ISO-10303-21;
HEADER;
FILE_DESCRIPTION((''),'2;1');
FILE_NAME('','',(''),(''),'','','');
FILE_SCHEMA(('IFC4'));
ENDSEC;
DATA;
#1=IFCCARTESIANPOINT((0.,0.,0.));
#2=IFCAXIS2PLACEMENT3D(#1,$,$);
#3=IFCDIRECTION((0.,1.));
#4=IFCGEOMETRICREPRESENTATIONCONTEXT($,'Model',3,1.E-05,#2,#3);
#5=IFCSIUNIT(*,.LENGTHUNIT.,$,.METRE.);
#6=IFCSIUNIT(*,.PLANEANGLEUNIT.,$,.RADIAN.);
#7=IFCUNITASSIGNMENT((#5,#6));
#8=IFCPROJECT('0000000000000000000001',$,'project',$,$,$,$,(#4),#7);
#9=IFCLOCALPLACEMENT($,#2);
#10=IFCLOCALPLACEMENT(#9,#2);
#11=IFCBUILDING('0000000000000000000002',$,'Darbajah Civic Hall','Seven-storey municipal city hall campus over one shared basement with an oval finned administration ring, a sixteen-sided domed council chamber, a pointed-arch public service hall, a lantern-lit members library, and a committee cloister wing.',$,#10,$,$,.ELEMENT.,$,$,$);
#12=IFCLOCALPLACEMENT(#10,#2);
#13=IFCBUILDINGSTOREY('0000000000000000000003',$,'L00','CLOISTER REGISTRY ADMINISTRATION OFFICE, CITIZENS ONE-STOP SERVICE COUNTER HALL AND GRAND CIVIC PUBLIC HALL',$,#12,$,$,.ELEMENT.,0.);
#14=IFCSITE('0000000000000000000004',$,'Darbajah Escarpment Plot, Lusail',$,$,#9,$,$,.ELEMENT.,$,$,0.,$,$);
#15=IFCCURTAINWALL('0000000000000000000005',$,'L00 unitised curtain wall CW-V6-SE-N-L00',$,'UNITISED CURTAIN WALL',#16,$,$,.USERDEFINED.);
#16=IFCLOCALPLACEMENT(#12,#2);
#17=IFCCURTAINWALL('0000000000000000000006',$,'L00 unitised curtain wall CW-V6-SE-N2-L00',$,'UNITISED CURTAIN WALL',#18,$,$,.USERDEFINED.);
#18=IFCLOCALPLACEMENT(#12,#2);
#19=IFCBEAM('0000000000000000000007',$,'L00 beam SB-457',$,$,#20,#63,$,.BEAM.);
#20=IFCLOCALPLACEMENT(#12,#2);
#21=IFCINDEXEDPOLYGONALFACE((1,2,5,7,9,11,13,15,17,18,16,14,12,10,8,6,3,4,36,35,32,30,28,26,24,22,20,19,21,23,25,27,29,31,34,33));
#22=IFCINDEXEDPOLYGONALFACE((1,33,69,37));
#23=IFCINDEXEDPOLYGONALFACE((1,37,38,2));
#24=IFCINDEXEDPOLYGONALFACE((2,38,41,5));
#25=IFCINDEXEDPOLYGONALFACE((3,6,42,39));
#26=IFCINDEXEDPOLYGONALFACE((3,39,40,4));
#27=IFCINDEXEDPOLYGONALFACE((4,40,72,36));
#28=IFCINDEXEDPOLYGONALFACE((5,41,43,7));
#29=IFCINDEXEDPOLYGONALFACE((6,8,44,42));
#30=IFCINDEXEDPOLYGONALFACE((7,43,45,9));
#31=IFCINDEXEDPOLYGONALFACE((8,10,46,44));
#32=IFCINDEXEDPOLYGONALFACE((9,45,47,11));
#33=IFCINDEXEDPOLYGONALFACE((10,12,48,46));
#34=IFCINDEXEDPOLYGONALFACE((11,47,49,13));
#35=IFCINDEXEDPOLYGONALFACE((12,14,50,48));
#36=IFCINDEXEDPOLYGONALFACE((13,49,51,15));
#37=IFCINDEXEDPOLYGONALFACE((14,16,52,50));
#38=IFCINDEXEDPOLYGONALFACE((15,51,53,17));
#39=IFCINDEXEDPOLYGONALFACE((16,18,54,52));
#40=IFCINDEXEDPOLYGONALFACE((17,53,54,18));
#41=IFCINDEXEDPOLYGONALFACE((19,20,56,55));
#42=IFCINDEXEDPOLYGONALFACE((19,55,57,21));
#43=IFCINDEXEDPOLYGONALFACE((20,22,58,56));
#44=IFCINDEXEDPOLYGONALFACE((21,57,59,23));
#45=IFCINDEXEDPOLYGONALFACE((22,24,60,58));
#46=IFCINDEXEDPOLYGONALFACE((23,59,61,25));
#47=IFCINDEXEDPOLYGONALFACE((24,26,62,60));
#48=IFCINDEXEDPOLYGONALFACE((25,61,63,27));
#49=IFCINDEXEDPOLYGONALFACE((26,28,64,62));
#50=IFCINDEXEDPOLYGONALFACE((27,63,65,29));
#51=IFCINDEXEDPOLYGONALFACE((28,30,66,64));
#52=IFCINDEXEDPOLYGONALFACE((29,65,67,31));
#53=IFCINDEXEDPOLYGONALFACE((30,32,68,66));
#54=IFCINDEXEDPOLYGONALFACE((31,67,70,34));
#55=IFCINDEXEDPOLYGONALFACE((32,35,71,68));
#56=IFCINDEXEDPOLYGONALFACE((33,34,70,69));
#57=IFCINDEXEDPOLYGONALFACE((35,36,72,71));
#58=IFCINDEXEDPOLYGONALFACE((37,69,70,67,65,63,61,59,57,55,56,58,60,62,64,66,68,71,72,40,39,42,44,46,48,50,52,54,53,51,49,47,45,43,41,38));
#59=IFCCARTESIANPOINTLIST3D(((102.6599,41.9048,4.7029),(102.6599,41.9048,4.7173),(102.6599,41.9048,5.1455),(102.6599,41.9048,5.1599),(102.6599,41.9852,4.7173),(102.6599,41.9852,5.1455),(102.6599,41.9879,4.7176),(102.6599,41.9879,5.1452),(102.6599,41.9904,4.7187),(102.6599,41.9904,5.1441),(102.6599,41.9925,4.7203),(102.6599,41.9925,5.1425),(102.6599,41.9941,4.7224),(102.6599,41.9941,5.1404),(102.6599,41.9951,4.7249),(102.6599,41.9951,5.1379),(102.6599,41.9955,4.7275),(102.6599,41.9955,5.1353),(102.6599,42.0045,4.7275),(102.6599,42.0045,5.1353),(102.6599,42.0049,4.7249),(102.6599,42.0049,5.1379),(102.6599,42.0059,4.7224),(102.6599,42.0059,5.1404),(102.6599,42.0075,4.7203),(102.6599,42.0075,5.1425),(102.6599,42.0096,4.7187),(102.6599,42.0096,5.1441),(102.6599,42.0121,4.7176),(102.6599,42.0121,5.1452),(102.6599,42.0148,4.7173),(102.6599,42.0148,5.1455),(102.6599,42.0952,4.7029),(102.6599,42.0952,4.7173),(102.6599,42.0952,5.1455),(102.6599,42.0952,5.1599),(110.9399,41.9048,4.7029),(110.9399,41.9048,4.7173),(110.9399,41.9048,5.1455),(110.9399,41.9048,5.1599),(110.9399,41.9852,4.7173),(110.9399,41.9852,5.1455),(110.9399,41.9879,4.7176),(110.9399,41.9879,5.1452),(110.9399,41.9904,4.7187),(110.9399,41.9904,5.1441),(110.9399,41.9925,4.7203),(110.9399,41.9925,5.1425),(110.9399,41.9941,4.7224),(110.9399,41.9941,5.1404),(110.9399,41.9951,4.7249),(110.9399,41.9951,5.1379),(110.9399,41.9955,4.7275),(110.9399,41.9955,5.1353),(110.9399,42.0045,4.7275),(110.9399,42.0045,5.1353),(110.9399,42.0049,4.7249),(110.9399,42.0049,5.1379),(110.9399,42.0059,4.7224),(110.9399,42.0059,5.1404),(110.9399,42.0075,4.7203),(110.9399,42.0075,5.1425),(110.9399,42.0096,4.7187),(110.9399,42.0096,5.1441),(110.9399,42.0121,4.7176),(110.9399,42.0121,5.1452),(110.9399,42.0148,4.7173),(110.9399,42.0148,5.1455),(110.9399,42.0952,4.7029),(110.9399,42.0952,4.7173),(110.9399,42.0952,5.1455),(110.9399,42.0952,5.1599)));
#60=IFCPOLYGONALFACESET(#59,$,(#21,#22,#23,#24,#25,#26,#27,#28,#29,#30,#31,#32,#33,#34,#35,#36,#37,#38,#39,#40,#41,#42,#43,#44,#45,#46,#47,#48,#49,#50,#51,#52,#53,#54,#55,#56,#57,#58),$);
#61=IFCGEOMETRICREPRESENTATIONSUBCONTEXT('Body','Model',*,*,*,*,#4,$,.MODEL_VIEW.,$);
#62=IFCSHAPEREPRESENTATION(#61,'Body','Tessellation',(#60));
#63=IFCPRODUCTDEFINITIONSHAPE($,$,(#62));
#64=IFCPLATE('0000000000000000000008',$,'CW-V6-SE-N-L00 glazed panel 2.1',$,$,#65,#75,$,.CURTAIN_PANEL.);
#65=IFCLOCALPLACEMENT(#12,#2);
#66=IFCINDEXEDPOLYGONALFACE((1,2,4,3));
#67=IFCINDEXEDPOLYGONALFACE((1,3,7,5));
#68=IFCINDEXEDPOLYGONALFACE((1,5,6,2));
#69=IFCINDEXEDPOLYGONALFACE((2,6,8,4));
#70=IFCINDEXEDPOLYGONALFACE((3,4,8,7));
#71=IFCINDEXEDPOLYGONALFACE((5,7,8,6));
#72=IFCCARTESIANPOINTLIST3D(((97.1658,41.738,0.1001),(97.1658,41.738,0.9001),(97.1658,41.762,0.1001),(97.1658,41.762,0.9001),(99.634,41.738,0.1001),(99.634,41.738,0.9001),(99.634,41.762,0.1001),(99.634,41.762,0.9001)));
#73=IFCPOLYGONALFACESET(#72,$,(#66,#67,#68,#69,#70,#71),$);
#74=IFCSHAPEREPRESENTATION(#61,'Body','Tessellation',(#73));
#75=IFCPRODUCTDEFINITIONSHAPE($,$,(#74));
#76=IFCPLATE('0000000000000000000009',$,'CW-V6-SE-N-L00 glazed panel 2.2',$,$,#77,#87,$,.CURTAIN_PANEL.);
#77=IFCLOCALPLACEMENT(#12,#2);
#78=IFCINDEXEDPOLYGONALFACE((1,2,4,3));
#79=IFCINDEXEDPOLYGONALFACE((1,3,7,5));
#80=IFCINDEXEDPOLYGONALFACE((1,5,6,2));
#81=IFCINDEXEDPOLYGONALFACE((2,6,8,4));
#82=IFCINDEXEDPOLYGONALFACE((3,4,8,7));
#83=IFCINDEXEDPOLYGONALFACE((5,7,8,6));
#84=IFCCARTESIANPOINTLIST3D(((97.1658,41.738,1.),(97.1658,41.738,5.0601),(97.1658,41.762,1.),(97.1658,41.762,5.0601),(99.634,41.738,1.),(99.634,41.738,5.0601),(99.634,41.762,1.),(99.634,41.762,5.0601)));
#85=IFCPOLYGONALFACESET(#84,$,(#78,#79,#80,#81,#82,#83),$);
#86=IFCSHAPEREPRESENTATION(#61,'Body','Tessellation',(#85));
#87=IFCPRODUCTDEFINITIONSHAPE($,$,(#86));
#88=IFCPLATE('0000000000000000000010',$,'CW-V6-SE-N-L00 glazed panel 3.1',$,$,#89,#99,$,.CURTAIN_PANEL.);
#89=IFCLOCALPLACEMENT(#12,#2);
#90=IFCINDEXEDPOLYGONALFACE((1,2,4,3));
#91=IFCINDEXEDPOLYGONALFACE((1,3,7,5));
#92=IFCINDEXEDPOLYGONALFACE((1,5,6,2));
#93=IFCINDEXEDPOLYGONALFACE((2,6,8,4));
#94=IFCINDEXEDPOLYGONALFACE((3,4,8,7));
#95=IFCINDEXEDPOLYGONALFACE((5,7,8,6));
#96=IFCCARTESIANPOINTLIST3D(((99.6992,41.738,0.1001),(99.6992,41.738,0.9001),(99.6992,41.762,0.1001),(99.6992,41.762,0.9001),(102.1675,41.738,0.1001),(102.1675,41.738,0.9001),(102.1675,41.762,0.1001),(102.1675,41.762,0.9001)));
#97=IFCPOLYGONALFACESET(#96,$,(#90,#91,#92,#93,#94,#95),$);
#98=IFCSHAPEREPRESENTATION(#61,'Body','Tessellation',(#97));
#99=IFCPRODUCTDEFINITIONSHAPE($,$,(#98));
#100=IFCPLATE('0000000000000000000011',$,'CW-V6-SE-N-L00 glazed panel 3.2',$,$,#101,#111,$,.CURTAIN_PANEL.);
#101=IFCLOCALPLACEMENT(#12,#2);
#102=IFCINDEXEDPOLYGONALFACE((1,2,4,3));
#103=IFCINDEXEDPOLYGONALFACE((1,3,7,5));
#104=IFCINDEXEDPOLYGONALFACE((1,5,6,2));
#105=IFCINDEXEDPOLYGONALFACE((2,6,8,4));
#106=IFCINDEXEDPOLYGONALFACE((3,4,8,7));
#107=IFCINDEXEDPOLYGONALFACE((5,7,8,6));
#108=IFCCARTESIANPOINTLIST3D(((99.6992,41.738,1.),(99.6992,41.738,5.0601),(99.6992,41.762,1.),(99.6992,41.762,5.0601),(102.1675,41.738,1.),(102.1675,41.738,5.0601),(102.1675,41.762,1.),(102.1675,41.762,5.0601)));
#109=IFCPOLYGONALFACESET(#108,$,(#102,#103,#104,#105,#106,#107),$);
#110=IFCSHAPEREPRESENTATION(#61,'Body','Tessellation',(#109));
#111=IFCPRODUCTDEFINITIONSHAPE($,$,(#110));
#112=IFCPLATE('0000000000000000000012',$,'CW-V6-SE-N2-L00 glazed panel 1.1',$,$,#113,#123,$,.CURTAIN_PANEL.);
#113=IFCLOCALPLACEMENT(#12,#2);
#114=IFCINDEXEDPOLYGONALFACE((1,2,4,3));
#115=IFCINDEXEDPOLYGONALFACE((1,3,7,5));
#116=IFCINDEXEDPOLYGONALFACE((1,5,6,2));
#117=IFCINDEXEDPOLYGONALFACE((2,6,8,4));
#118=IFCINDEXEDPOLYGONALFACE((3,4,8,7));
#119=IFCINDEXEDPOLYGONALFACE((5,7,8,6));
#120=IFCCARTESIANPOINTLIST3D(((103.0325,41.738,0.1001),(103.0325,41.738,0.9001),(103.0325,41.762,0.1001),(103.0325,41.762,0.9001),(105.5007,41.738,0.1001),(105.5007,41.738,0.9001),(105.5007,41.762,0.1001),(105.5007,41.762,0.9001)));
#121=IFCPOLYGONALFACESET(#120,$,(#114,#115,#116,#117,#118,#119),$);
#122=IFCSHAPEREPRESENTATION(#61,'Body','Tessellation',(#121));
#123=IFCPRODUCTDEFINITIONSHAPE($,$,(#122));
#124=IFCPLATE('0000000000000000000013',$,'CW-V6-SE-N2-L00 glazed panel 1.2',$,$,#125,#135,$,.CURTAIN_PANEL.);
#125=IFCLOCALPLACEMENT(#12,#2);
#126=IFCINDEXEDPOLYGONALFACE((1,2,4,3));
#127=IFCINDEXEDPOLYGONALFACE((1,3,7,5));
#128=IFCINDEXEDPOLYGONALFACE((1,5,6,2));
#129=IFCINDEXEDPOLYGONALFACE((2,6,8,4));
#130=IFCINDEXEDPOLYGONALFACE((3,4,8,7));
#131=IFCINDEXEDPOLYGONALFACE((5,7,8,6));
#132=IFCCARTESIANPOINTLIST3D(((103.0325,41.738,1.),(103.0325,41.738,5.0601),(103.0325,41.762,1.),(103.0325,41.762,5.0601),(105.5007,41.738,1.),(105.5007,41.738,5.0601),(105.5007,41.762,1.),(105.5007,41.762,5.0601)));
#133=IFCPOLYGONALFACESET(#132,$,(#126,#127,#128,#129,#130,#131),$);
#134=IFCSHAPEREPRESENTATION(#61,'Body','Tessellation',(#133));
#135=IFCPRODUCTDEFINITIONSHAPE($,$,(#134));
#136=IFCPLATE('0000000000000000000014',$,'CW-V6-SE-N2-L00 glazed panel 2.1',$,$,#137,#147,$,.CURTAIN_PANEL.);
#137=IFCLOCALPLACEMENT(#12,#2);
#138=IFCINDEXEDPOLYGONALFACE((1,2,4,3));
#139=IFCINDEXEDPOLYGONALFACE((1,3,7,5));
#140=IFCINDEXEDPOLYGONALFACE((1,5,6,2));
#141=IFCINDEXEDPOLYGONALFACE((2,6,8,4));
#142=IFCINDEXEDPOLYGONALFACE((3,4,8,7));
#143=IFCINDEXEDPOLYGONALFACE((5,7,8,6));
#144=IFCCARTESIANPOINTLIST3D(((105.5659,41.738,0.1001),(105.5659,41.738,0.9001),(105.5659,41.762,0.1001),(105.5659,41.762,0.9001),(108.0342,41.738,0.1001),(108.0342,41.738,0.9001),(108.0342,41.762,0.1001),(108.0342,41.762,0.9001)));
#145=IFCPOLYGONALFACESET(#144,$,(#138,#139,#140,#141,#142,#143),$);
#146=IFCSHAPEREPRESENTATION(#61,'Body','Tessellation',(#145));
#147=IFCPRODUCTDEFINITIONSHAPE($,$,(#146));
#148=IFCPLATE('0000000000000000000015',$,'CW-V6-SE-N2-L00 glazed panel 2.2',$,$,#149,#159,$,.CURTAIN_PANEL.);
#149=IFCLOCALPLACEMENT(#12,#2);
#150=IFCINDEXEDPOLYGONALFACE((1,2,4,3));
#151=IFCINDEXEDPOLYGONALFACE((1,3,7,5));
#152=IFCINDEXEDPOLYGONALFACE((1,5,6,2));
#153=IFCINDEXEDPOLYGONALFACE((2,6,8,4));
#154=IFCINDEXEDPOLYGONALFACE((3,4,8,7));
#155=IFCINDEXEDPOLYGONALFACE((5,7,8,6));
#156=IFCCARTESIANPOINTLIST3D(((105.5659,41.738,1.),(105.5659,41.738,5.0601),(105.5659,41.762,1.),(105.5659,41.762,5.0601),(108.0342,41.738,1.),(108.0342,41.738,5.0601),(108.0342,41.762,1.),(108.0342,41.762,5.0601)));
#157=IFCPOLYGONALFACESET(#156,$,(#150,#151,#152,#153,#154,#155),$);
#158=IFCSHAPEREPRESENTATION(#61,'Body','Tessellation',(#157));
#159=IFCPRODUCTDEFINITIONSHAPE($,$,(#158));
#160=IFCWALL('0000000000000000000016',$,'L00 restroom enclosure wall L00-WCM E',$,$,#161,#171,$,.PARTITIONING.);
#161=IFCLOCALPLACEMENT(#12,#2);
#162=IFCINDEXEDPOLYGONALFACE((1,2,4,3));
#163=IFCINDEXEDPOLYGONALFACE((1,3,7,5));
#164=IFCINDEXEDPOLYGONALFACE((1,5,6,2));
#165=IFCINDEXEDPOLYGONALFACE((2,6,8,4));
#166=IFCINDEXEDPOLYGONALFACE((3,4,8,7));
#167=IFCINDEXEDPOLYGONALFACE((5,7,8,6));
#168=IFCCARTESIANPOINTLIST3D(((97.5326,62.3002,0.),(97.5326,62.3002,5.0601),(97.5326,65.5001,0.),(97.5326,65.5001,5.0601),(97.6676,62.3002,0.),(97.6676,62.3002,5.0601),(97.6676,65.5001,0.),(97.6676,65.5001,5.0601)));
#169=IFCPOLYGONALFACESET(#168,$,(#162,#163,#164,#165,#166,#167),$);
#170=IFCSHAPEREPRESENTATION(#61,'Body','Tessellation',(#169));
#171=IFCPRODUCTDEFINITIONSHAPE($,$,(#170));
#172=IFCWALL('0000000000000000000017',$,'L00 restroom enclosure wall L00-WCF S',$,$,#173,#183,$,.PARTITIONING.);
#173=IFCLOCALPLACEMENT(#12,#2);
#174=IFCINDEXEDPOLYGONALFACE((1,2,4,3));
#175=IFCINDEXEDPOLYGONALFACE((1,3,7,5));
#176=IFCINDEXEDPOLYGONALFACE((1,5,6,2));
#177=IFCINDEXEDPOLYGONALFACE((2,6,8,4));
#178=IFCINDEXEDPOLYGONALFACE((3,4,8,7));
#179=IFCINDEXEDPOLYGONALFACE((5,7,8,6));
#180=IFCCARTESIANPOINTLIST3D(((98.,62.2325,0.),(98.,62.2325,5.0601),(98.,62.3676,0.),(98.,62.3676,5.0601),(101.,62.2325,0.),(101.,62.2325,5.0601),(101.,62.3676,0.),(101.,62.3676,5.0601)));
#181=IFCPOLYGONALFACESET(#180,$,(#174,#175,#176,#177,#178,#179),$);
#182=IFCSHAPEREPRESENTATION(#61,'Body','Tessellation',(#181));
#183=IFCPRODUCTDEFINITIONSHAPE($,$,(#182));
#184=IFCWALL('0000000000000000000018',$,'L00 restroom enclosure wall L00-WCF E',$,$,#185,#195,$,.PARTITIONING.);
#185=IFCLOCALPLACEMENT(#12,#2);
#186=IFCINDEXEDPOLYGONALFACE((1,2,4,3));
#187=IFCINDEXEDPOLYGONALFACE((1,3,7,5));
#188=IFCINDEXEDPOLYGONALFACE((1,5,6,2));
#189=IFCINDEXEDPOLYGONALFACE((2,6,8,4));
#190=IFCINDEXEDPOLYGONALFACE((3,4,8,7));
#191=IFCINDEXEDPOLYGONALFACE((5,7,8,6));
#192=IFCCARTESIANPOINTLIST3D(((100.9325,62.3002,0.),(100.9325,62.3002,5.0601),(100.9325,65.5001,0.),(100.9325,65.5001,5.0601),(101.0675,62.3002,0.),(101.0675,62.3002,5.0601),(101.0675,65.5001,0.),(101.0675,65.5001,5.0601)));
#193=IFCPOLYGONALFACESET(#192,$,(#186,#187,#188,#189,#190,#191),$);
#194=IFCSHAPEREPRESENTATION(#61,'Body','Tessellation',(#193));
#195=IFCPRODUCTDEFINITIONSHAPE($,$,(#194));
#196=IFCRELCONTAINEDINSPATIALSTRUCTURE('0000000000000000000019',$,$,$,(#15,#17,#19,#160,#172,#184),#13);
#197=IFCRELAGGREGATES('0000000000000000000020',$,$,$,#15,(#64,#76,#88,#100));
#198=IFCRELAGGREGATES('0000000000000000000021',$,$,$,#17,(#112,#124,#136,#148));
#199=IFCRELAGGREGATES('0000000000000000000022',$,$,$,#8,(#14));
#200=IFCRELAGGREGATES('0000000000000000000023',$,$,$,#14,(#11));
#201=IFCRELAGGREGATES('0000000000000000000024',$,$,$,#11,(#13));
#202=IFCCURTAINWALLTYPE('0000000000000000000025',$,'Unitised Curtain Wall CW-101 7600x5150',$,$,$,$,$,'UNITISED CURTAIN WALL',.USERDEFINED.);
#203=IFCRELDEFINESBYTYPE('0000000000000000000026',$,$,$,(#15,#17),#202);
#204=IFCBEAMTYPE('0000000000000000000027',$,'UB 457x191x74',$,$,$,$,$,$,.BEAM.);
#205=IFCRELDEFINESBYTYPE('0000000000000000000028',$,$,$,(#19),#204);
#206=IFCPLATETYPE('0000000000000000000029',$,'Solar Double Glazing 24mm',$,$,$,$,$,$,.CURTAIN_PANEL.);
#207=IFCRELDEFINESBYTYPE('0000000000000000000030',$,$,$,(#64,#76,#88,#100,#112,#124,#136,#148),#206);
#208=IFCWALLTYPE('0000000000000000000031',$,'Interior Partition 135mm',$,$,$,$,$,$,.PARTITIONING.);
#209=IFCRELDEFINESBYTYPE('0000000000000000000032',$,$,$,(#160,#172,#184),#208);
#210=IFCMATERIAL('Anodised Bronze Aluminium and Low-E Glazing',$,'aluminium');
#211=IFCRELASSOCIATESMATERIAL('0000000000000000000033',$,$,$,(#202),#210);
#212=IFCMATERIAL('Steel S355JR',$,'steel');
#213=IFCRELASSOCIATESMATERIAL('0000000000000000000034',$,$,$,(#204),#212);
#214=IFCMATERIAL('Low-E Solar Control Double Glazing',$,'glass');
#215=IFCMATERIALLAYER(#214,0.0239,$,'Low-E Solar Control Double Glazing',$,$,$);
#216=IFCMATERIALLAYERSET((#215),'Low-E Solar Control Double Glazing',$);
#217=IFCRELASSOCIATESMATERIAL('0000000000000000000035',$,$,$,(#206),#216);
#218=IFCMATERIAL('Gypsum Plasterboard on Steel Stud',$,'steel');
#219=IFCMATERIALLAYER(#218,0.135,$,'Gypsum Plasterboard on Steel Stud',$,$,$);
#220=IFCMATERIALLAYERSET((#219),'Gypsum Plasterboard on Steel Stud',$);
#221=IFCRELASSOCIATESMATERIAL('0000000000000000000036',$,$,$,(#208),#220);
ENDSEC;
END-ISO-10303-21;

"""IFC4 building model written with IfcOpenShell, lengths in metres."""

from ifc_helpers import new_model, si_unit, direction, frame, frame_2d, origin, origin_2d, place, context, subcontext, project, spatial, rectangle, i_section, extrude, material, layer, layer_set, material_profile, profile_set, type_object, element, aggregate, save


model = new_model("IFC4")

# Units and contexts
model_context = context("Model", 3, precision=1e-05, world=origin(), true_north=direction((0.0, 1.0)))
body_context = subcontext(model_context, "Body", "Model", "MODEL_VIEW")
ifc_project = project(units=[si_unit("LENGTHUNIT", "METRE"), si_unit("PLANEANGLEUNIT", "RADIAN")], contexts=[model_context])

# Site, building, storey
site_placement = place(None, origin())
site = spatial("IfcSite", under=ifc_project, at=site_placement, Name="Darbajah Escarpment Plot, Lusail", CompositionType="ELEMENT", RefElevation=0.0)
building_placement = place(site_placement, origin())
building = spatial("IfcBuilding", under=site, at=building_placement, Name="Darbajah Civic Hall", Description="Seven-storey municipal city hall campus over one shared basement with an oval finned administration ring, a sixteen-sided domed council chamber, a pointed-arch public service hall, a lantern-lit members library, and a committee cloister wing.", CompositionType="ELEMENT")
storey_placement = place(building_placement, origin())
storey = spatial("IfcBuildingStorey", under=building, at=storey_placement, Name="L00", Description="CLOISTER REGISTRY ADMINISTRATION OFFICE, CITIZENS ONE-STOP SERVICE COUNTER HALL AND GRAND CIVIC PUBLIC HALL", CompositionType="ELEMENT", Elevation=0.0)

# Shared definitions
ifc_material_1 = material(Name="Steel S355JR", Category="steel")

# Curtain walls
ifc_material_2 = material(Name="Anodised Bronze Aluminium and Low-E Glazing", Category="aluminium")
curtain_wall_type = type_object("IfcCurtainWallType", Name="Unitised Curtain Wall CW-101 7600x5150", ElementType="UNITISED CURTAIN WALL", PredefinedType="USERDEFINED", material=ifc_material_2)
curtain_wall_1_placement = place(storey_placement, origin())
curtain_wall_1 = element("IfcCurtainWall", 1, at=curtain_wall_1_placement, inside=storey, type_object=curtain_wall_type, Name="L00 unitised curtain wall CW-V6-SE-N-L00", ObjectType="UNITISED CURTAIN WALL", PredefinedType="USERDEFINED")
curtain_wall_2_placement = place(storey_placement, origin())
curtain_wall_2 = element("IfcCurtainWall", 2, at=curtain_wall_2_placement, inside=storey, type_object=curtain_wall_type, Name="L00 unitised curtain wall CW-V6-SE-N2-L00", ObjectType="UNITISED CURTAIN WALL", PredefinedType="USERDEFINED")

# Beam
ifc_material_profile_1 = material_profile(ifc_material_1, i_section(OverallWidth=0.1904, OverallDepth=0.457, WebThickness=0.009, FlangeThickness=0.0144, FilletRadius=0.0103, at=origin_2d()), Name="UB 457x191x74")
ifc_profile_set_1 = profile_set([ifc_material_profile_1], Name="Steel S355JR")
beam_type = type_object("IfcBeamType", Name="UB 457x191x74", PredefinedType="BEAM", material=ifc_profile_set_1)
beam_placement = place(storey_placement, frame((102.6599, 42.0, 4.9314), z_axis=(1.0, 0.0, 0.0), x_axis=(0.0, 1.0, 0.0)))
element("IfcBeam", 3, at=beam_placement, inside=storey, type_object=beam_type, Name="L00 beam SB-457", PredefinedType="BEAM", context=body_context, shape_type="SweptSolid", body=[
    extrude(i_section(OverallWidth=0.1904, OverallDepth=0.457, WebThickness=0.009, FlangeThickness=0.0144, FilletRadius=0.0103, at=origin_2d()), origin(), (0.0, 0.0, 1.0), 8.28),
])

# Plates
ifc_material_3 = material(Name="Low-E Solar Control Double Glazing", Category="glass")
ifc_layer_1 = layer(ifc_material_3, 0.0239, Name="Low-E Solar Control Double Glazing")
ifc_layer_set_1 = layer_set([ifc_layer_1], Name="Low-E Solar Control Double Glazing")
plate_type = type_object("IfcPlateType", Name="Solar Double Glazing 24mm", PredefinedType="CURTAIN_PANEL", material=ifc_layer_set_1)
plate_1_placement = place(storey_placement, frame((98.3999, 41.75, 0.1001), z_axis=(0.0, 0.0, 1.0), x_axis=(1.0, 0.0, 0.0)))
plate_1 = element("IfcPlate", 4, at=plate_1_placement, type_object=plate_type, Name="CW-V6-SE-N-L00 glazed panel 2.1", PredefinedType="CURTAIN_PANEL", context=body_context, shape_type="SweptSolid", body=[
    extrude(rectangle(XDim=2.4683, YDim=0.0239, at=origin_2d()), origin(), (0.0, 0.0, 1.0), 0.8),
])
plate_2_placement = place(storey_placement, frame((98.3999, 41.75, 1.0), z_axis=(0.0, 0.0, 1.0), x_axis=(1.0, 0.0, 0.0)))
plate_2 = element("IfcPlate", 5, at=plate_2_placement, type_object=plate_type, Name="CW-V6-SE-N-L00 glazed panel 2.2", PredefinedType="CURTAIN_PANEL", context=body_context, shape_type="SweptSolid", body=[
    extrude(rectangle(XDim=2.4683, YDim=0.0239, at=origin_2d()), origin(), (0.0, 0.0, 1.0), 4.0601),
])
plate_3_placement = place(storey_placement, frame((100.9333, 41.75, 0.1001), z_axis=(0.0, 0.0, 1.0), x_axis=(1.0, 0.0, 0.0)))
plate_3 = element("IfcPlate", 6, at=plate_3_placement, type_object=plate_type, Name="CW-V6-SE-N-L00 glazed panel 3.1", PredefinedType="CURTAIN_PANEL", context=body_context, shape_type="SweptSolid", body=[
    extrude(rectangle(XDim=2.4683, YDim=0.0239, at=origin_2d()), origin(), (0.0, 0.0, 1.0), 0.8),
])
plate_4_placement = place(storey_placement, frame((100.9333, 41.75, 1.0), z_axis=(0.0, 0.0, 1.0), x_axis=(1.0, 0.0, 0.0)))
plate_4 = element("IfcPlate", 7, at=plate_4_placement, type_object=plate_type, Name="CW-V6-SE-N-L00 glazed panel 3.2", PredefinedType="CURTAIN_PANEL", context=body_context, shape_type="SweptSolid", body=[
    extrude(rectangle(XDim=2.4683, YDim=0.0239, at=origin_2d()), origin(), (0.0, 0.0, 1.0), 4.0601),
])
aggregate(curtain_wall_1, [plate_1, plate_2, plate_3, plate_4])
plate_5_placement = place(storey_placement, frame((104.2666, 41.75, 0.1001), z_axis=(0.0, 0.0, 1.0), x_axis=(1.0, 0.0, 0.0)))
plate_5 = element("IfcPlate", 8, at=plate_5_placement, type_object=plate_type, Name="CW-V6-SE-N2-L00 glazed panel 1.1", PredefinedType="CURTAIN_PANEL", context=body_context, shape_type="SweptSolid", body=[
    extrude(rectangle(XDim=2.4683, YDim=0.0239, at=origin_2d()), origin(), (0.0, 0.0, 1.0), 0.8),
])
plate_6_placement = place(storey_placement, frame((104.2666, 41.75, 1.0), z_axis=(0.0, 0.0, 1.0), x_axis=(1.0, 0.0, 0.0)))
plate_6 = element("IfcPlate", 9, at=plate_6_placement, type_object=plate_type, Name="CW-V6-SE-N2-L00 glazed panel 1.2", PredefinedType="CURTAIN_PANEL", context=body_context, shape_type="SweptSolid", body=[
    extrude(rectangle(XDim=2.4683, YDim=0.0239, at=origin_2d()), origin(), (0.0, 0.0, 1.0), 4.0601),
])
plate_7_placement = place(storey_placement, frame((106.8, 41.75, 0.1001), z_axis=(0.0, 0.0, 1.0), x_axis=(1.0, 0.0, 0.0)))
plate_7 = element("IfcPlate", 10, at=plate_7_placement, type_object=plate_type, Name="CW-V6-SE-N2-L00 glazed panel 2.1", PredefinedType="CURTAIN_PANEL", context=body_context, shape_type="SweptSolid", body=[
    extrude(rectangle(XDim=2.4683, YDim=0.0239, at=origin_2d()), origin(), (0.0, 0.0, 1.0), 0.8),
])
plate_8_placement = place(storey_placement, frame((106.8, 41.75, 1.0), z_axis=(0.0, 0.0, 1.0), x_axis=(1.0, 0.0, 0.0)))
plate_8 = element("IfcPlate", 11, at=plate_8_placement, type_object=plate_type, Name="CW-V6-SE-N2-L00 glazed panel 2.2", PredefinedType="CURTAIN_PANEL", context=body_context, shape_type="SweptSolid", body=[
    extrude(rectangle(XDim=2.4683, YDim=0.0239, at=origin_2d()), origin(), (0.0, 0.0, 1.0), 4.0601),
])
aggregate(curtain_wall_2, [plate_5, plate_6, plate_7, plate_8])

# Walls
ifc_material_4 = material(Name="Gypsum Plasterboard on Steel Stud", Category="steel")
ifc_layer_2 = layer(ifc_material_4, 0.135, Name="Gypsum Plasterboard on Steel Stud")
ifc_layer_set_2 = layer_set([ifc_layer_2], Name="Gypsum Plasterboard on Steel Stud")
wall_type = type_object("IfcWallType", Name="Interior Partition 135mm", PredefinedType="PARTITIONING", material=ifc_layer_set_2)
wall_1_placement = place(storey_placement, frame((97.6001, 62.3, 0.0), z_axis=(0.0, 0.0, 1.0), x_axis=(0.0, 1.0, 0.0)))
element("IfcWall", 12, at=wall_1_placement, inside=storey, type_object=wall_type, Name="L00 restroom enclosure wall L00-WCM E", PredefinedType="PARTITIONING", context=body_context, shape_type="SweptSolid", body=[
    extrude(rectangle(XDim=3.2, YDim=0.135, at=frame_2d((1.6001, 0.0))), origin(), (0.0, 0.0, 1.0), 5.0601),
])
wall_2_placement = place(storey_placement, frame((98.0, 62.3, 0.0), z_axis=(0.0, 0.0, 1.0), x_axis=(1.0, 0.0, 0.0)))
element("IfcWall", 13, at=wall_2_placement, inside=storey, type_object=wall_type, Name="L00 restroom enclosure wall L00-WCF S", PredefinedType="PARTITIONING", context=body_context, shape_type="SweptSolid", body=[
    extrude(rectangle(XDim=3.0, YDim=0.135, at=frame_2d((1.5, 0.0))), origin(), (0.0, 0.0, 1.0), 5.0601),
])
for number, where, z_axis, x_axis, name in (
    (14, (101.0, 62.3, 0.0), (0.0, 0.0, 1.0), (0.0, 1.0, 0.0), "L00 restroom enclosure wall L00-WCF E"),
):
    element("IfcWall", number, at=place(storey_placement, frame(where, z_axis=z_axis, x_axis=x_axis)), inside=storey, type_object=wall_type, Name=name, PredefinedType="PARTITIONING", context=body_context, shape_type="SweptSolid", body=[
        extrude(rectangle(XDim=3.2, YDim=0.135, at=frame_2d((1.6001, 0.0))), origin(), (0.0, 0.0, 1.0), 5.0601),
    ])

save(model, "model.ifc")
